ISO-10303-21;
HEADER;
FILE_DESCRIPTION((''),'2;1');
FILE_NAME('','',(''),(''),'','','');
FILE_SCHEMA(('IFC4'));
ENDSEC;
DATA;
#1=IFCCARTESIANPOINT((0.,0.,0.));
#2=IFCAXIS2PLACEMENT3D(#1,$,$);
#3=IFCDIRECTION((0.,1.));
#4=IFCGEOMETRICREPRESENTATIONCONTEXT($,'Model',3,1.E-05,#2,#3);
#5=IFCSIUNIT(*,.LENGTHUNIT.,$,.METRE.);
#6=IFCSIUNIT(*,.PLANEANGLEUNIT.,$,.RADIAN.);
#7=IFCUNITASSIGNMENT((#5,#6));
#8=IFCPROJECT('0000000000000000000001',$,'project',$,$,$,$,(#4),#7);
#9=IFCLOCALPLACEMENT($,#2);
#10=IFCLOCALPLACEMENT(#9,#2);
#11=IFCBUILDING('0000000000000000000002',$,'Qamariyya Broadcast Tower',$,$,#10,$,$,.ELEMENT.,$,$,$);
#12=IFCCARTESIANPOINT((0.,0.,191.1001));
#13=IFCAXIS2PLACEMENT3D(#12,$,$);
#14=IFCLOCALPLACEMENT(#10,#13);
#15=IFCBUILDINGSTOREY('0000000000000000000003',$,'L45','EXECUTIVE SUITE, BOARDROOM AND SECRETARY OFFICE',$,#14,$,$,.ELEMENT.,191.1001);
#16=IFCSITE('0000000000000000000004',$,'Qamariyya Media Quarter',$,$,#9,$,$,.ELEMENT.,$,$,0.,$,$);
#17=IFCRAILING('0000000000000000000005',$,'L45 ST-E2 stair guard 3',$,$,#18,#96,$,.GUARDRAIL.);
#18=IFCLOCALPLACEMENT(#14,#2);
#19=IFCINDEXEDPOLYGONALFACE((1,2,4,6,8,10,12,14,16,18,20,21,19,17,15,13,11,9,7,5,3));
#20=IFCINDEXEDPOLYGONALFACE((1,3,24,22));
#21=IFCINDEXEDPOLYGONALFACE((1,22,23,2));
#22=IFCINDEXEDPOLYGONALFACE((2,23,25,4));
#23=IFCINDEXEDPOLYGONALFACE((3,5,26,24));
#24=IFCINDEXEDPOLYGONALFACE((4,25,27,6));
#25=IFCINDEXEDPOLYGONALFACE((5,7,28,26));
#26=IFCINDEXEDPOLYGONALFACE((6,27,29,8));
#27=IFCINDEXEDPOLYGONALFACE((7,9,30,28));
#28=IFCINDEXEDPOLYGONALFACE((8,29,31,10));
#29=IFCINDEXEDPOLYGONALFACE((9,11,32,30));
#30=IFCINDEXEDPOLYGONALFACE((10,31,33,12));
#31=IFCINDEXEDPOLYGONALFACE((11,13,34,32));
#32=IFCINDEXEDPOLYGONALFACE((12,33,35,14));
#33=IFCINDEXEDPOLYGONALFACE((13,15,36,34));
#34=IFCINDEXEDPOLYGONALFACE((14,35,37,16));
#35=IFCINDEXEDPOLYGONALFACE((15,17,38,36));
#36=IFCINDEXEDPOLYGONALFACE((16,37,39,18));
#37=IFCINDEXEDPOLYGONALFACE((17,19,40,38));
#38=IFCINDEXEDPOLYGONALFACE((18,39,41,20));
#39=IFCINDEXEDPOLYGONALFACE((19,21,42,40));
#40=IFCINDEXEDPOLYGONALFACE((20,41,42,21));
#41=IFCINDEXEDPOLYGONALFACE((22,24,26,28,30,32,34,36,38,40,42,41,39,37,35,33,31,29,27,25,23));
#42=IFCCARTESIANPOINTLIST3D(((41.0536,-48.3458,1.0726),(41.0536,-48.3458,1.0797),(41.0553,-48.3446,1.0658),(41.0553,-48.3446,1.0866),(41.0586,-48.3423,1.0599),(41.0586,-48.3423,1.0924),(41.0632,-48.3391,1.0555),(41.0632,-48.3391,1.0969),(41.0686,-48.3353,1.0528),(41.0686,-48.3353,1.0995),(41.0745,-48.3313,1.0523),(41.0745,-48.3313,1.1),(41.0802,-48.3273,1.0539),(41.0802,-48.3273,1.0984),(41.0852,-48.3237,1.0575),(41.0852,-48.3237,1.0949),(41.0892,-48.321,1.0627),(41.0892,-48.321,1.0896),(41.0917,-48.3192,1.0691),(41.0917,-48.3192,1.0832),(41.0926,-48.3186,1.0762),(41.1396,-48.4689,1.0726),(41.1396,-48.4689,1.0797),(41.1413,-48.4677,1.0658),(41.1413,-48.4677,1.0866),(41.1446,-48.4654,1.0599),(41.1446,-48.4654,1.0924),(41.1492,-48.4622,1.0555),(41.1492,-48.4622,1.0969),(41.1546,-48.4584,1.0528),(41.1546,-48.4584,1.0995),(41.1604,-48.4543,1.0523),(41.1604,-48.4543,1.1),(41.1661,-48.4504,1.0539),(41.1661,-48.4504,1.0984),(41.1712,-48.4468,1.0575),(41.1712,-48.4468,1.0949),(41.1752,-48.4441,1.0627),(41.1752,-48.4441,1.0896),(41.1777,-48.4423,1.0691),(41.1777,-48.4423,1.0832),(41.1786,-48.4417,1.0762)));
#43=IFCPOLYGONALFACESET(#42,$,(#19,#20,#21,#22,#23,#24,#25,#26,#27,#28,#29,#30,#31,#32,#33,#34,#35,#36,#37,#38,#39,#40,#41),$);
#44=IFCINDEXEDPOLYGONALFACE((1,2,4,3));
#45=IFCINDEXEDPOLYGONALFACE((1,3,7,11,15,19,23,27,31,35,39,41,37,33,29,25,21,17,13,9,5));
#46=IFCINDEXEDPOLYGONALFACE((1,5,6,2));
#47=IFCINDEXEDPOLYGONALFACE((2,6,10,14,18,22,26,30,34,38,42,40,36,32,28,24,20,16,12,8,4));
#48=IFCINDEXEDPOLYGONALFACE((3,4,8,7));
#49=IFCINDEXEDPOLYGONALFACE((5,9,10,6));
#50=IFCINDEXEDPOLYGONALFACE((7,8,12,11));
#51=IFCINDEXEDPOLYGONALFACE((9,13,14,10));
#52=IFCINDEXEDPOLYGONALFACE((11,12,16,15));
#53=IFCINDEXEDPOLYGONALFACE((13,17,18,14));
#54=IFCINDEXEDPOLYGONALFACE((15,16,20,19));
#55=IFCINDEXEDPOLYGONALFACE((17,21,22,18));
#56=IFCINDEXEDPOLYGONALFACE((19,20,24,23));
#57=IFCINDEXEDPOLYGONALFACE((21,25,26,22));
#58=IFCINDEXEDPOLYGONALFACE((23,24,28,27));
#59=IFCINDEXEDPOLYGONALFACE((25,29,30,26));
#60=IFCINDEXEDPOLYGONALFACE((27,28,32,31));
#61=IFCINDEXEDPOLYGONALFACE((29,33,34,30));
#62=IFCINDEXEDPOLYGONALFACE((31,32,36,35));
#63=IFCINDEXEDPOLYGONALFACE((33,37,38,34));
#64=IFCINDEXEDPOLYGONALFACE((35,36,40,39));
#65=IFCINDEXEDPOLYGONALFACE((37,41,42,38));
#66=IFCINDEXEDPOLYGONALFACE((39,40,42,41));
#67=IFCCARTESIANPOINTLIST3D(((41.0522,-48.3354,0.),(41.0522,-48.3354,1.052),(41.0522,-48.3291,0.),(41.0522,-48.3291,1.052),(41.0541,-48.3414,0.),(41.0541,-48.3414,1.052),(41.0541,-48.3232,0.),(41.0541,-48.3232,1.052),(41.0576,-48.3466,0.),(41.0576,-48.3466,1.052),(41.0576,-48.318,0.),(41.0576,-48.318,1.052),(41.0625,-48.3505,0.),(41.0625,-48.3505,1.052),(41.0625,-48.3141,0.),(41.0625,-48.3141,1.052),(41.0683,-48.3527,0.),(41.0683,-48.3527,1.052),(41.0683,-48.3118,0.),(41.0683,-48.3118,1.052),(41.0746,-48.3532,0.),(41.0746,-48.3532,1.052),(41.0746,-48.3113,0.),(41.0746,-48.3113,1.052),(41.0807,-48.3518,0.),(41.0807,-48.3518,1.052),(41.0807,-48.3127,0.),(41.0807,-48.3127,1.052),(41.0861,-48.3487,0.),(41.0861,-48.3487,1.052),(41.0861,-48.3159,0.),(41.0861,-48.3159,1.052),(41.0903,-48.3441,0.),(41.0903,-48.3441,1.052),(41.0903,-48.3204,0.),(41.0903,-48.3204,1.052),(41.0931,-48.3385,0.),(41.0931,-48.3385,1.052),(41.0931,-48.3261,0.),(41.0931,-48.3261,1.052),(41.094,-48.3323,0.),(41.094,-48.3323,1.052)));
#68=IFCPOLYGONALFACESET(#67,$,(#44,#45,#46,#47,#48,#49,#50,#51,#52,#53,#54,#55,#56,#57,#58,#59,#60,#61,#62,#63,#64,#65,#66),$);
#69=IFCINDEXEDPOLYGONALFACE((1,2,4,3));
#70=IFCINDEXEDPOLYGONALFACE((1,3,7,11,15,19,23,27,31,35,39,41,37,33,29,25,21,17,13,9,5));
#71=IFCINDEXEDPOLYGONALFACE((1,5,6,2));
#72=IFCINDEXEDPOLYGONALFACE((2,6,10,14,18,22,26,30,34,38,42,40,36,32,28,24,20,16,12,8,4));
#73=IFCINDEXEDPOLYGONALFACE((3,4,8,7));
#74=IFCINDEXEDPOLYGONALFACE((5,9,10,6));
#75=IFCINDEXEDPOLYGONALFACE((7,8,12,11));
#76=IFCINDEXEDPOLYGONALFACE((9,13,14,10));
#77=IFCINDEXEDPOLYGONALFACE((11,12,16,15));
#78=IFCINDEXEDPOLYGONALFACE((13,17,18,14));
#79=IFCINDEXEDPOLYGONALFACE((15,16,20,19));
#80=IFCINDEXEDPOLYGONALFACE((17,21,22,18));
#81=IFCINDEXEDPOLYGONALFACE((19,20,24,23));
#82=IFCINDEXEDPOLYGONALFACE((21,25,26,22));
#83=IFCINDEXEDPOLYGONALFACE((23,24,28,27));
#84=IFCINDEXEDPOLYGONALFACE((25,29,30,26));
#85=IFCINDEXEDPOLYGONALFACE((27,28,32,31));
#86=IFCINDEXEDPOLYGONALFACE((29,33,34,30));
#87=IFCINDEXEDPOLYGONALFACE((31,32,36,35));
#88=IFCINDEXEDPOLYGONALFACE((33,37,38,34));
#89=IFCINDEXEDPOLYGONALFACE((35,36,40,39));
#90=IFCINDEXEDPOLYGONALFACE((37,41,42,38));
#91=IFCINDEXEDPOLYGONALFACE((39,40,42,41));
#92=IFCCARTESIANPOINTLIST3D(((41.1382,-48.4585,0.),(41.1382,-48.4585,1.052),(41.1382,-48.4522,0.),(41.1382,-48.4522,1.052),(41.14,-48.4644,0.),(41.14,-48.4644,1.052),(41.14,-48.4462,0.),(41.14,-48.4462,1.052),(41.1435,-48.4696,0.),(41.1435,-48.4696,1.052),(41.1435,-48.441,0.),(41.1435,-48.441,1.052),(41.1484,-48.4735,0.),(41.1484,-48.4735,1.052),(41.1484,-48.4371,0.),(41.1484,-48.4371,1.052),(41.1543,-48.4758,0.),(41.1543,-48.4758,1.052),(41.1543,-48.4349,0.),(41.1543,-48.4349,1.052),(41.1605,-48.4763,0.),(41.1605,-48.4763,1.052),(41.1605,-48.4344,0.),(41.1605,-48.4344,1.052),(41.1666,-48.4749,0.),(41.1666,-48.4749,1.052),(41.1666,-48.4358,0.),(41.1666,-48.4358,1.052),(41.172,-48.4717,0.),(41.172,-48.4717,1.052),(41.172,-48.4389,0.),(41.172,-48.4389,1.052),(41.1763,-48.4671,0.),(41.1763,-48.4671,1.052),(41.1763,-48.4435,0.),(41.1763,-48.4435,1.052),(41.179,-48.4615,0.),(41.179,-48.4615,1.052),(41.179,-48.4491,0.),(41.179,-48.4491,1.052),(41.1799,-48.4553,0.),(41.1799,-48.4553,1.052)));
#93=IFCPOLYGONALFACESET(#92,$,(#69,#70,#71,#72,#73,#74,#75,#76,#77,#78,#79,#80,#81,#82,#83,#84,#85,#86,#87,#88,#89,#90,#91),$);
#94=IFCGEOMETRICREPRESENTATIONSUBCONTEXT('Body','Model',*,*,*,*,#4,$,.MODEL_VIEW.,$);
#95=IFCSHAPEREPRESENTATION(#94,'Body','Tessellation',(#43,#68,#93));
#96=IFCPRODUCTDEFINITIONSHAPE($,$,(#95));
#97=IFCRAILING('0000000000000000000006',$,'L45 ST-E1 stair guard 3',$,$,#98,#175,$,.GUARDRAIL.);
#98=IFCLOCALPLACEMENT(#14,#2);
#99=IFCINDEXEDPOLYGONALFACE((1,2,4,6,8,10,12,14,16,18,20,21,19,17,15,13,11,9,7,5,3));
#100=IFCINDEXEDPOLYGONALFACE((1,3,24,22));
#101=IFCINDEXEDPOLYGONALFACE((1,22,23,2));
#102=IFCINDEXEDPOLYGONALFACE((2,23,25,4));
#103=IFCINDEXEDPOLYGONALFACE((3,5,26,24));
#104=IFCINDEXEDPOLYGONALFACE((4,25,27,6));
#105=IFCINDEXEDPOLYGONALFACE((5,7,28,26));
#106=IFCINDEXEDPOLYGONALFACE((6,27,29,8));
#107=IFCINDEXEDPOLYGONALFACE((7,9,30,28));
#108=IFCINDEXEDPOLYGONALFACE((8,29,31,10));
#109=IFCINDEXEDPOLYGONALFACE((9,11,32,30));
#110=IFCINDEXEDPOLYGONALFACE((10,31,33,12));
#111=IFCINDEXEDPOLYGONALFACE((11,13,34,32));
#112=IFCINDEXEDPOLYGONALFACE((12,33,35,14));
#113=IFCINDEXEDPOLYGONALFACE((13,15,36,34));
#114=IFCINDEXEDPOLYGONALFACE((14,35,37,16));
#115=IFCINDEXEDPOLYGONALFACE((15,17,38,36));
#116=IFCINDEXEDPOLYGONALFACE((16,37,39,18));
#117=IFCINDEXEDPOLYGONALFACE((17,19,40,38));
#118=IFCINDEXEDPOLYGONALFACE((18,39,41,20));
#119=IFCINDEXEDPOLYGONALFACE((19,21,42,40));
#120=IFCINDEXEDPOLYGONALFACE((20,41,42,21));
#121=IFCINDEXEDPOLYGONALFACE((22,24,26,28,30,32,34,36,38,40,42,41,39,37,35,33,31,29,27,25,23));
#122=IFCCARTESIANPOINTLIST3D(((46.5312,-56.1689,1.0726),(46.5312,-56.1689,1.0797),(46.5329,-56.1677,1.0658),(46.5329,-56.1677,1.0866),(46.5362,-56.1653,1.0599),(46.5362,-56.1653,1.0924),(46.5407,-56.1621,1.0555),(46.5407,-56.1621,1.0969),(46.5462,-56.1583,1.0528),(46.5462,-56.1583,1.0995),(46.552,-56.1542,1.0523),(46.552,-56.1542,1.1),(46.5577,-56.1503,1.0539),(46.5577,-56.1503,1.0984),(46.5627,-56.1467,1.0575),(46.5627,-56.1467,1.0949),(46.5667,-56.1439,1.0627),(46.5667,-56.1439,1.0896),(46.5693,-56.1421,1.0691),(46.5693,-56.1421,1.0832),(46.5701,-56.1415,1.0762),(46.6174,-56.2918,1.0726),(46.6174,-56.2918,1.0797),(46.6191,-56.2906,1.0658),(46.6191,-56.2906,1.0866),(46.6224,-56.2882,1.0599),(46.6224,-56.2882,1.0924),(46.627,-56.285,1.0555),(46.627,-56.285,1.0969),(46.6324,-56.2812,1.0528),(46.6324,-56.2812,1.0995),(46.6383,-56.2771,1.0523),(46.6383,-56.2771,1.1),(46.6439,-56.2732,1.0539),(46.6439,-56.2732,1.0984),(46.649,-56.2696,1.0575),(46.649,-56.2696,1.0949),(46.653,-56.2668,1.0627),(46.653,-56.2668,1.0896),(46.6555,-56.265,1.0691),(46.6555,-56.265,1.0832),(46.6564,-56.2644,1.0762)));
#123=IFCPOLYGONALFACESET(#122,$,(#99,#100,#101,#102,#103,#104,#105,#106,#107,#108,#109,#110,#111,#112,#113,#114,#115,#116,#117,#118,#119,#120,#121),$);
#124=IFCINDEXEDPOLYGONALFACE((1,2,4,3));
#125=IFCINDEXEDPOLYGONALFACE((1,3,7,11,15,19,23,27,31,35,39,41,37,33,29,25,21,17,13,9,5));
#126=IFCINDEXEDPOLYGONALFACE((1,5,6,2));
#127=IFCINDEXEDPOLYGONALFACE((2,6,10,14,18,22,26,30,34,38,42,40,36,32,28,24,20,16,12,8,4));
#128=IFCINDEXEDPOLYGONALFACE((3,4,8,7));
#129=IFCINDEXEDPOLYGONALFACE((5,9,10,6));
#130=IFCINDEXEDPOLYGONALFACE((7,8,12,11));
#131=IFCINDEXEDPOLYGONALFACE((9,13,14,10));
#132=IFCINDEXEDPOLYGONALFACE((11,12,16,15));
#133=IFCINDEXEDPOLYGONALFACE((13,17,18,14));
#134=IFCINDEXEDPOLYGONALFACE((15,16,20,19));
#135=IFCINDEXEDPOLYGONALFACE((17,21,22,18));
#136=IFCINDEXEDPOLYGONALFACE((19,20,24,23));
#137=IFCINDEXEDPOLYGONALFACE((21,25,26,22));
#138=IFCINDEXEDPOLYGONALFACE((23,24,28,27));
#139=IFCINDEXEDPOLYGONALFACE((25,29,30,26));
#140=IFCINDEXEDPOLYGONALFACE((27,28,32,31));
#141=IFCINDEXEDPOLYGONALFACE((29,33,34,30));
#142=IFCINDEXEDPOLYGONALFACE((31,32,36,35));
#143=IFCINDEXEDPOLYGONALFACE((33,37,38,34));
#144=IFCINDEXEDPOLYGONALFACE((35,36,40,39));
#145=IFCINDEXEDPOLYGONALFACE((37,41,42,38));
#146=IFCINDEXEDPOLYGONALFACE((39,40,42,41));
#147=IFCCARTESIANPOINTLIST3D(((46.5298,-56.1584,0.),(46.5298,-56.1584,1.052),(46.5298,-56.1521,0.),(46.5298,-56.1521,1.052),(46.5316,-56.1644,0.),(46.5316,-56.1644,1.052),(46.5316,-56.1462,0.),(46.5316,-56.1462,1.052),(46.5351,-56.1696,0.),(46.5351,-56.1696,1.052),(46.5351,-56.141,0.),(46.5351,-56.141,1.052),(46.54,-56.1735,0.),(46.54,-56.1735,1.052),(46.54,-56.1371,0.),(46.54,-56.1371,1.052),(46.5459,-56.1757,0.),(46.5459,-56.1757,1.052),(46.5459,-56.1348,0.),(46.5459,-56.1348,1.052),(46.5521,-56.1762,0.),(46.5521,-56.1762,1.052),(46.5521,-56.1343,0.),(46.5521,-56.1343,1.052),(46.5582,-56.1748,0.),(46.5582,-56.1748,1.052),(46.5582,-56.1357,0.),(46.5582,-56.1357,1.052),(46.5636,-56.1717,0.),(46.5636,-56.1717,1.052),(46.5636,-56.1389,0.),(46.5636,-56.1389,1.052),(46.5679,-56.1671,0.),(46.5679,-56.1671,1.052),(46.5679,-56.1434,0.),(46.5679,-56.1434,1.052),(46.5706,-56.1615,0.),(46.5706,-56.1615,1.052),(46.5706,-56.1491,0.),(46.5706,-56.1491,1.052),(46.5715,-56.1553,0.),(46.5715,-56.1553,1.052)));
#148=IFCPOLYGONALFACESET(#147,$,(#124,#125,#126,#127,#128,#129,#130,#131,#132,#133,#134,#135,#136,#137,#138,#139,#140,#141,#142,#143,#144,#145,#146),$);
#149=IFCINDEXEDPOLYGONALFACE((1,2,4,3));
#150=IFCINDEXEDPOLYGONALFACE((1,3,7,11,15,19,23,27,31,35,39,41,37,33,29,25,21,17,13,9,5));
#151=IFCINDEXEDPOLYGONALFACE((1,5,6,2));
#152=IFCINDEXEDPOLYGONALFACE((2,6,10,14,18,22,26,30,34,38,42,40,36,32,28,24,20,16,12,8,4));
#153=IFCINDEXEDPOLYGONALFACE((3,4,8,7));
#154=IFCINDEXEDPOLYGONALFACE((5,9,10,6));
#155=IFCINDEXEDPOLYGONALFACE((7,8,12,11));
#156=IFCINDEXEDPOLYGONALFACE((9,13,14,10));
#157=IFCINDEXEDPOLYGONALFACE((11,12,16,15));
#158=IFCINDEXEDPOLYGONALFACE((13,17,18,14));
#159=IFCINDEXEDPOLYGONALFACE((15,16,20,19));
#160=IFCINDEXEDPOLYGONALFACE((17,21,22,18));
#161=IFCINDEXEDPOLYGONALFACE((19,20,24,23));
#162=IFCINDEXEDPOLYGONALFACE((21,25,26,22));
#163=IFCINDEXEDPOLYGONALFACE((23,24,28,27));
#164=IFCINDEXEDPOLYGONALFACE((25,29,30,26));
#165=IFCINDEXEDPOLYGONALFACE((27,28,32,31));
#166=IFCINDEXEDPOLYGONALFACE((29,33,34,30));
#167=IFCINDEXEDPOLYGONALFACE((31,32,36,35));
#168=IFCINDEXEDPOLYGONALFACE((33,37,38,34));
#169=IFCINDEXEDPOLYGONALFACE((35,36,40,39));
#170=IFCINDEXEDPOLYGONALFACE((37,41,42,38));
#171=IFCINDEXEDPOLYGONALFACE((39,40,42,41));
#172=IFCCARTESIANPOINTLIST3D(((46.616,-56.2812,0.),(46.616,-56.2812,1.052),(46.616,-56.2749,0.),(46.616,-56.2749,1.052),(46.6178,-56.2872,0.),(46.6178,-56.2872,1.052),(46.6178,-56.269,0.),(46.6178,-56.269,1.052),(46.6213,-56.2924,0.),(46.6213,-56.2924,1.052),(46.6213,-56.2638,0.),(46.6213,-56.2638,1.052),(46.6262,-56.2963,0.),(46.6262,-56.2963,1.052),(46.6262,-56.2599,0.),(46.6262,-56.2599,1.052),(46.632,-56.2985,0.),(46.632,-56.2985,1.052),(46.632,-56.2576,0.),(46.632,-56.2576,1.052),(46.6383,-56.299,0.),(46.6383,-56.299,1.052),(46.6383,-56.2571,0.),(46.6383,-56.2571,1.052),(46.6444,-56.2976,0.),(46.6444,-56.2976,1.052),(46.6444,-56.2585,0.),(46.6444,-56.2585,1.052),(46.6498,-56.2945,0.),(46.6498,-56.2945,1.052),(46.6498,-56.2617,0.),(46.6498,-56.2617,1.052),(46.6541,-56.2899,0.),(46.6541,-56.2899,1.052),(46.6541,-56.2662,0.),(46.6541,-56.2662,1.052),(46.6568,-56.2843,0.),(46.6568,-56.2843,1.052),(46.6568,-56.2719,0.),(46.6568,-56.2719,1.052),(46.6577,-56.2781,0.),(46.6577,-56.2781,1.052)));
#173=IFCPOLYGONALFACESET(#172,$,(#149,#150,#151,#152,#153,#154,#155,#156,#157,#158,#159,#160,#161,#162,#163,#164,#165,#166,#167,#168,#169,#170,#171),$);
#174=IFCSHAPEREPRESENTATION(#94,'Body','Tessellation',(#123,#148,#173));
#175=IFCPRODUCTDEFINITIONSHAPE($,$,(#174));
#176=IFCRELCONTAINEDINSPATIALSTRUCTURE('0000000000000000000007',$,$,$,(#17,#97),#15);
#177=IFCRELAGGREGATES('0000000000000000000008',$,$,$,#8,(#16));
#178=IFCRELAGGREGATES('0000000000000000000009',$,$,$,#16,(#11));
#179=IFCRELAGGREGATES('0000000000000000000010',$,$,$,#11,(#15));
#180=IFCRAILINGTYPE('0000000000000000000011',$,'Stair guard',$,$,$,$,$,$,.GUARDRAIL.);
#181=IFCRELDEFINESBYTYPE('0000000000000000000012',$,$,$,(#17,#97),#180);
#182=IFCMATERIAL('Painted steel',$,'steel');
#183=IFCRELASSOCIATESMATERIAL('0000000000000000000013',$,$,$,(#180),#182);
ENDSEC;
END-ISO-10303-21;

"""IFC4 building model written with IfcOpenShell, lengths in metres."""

from ifc_helpers import new_model, si_unit, direction, frame, origin, origin_2d, place, context, subcontext, project, spatial, circle, extrude, material, type_object, element, save


model = new_model("IFC4")

# Units and contexts
model_context = context("Model", 3, precision=1e-05, world=origin(), true_north=direction((0.0, 1.0)))
body_context = subcontext(model_context, "Body", "Model", "MODEL_VIEW")
ifc_project = project(units=[si_unit("LENGTHUNIT", "METRE"), si_unit("PLANEANGLEUNIT", "RADIAN")], contexts=[model_context])

# Site, building, storey
site_placement = place(None, origin())
site = spatial("IfcSite", under=ifc_project, at=site_placement, Name="Qamariyya Media Quarter", CompositionType="ELEMENT", RefElevation=0.0)
building_placement = place(site_placement, origin())
building = spatial("IfcBuilding", under=site, at=building_placement, Name="Qamariyya Broadcast Tower", CompositionType="ELEMENT")
storey_placement = place(building_placement, frame((0.0, 0.0, 191.1001)))
storey = spatial("IfcBuildingStorey", under=building, at=storey_placement, Name="L45", Description="EXECUTIVE SUITE, BOARDROOM AND SECRETARY OFFICE", CompositionType="ELEMENT", Elevation=191.1001)

# Railings
ifc_material_1 = material(Name="Painted steel", Category="steel")
railing_type_1 = type_object("IfcRailingType", Name="Stair guard", PredefinedType="GUARDRAIL", material=ifc_material_1)
railing_1_placement = place(storey_placement, frame((41.073, -48.3323, 0.0)))
element("IfcRailing", 1, at=railing_1_placement, inside=storey, type_object=railing_type_1, Name="L45 ST-E2 stair guard 3", PredefinedType="GUARDRAIL", context=body_context, shape_type="SweptSolid", body=[
    extrude(circle(Radius=0.0239, at=origin_2d()), frame((0.0, 0.0, 1.0762), z_axis=(0.572589, -0.819843, 0.0), x_axis=(0.819843, 0.572589, 0.0)), (0.0, 0.0, 1.0), 0.1501),
    extrude(circle(Radius=0.021, at=origin_2d()), origin(), (0.0, 0.0, 1.0), 1.052),
    extrude(circle(Radius=0.021, at=origin_2d()), frame((0.0859, -0.123, 0.0)), (0.0, 0.0, 1.0), 1.052),
])
railing_2_placement = place(storey_placement, frame((46.5505, -56.1553, 0.0)))
element("IfcRailing", 2, at=railing_2_placement, inside=storey, type_object=railing_type_1, Name="L45 ST-E1 stair guard 3", PredefinedType="GUARDRAIL", context=body_context, shape_type="SweptSolid", body=[
    extrude(circle(Radius=0.0239, at=origin_2d()), frame((0.0, 0.0, 1.0762), z_axis=(0.574445, -0.818543, 0.0), x_axis=(0.818543, 0.574445, 0.0)), (0.0, 0.0, 1.0), 0.1501),
    extrude(circle(Radius=0.021, at=origin_2d()), origin(), (0.0, 0.0, 1.0), 1.052),
    extrude(circle(Radius=0.021, at=origin_2d()), frame((0.0862, -0.1228, 0.0)), (0.0, 0.0, 1.0), 1.052),
])

save(model, "model.ifc")
